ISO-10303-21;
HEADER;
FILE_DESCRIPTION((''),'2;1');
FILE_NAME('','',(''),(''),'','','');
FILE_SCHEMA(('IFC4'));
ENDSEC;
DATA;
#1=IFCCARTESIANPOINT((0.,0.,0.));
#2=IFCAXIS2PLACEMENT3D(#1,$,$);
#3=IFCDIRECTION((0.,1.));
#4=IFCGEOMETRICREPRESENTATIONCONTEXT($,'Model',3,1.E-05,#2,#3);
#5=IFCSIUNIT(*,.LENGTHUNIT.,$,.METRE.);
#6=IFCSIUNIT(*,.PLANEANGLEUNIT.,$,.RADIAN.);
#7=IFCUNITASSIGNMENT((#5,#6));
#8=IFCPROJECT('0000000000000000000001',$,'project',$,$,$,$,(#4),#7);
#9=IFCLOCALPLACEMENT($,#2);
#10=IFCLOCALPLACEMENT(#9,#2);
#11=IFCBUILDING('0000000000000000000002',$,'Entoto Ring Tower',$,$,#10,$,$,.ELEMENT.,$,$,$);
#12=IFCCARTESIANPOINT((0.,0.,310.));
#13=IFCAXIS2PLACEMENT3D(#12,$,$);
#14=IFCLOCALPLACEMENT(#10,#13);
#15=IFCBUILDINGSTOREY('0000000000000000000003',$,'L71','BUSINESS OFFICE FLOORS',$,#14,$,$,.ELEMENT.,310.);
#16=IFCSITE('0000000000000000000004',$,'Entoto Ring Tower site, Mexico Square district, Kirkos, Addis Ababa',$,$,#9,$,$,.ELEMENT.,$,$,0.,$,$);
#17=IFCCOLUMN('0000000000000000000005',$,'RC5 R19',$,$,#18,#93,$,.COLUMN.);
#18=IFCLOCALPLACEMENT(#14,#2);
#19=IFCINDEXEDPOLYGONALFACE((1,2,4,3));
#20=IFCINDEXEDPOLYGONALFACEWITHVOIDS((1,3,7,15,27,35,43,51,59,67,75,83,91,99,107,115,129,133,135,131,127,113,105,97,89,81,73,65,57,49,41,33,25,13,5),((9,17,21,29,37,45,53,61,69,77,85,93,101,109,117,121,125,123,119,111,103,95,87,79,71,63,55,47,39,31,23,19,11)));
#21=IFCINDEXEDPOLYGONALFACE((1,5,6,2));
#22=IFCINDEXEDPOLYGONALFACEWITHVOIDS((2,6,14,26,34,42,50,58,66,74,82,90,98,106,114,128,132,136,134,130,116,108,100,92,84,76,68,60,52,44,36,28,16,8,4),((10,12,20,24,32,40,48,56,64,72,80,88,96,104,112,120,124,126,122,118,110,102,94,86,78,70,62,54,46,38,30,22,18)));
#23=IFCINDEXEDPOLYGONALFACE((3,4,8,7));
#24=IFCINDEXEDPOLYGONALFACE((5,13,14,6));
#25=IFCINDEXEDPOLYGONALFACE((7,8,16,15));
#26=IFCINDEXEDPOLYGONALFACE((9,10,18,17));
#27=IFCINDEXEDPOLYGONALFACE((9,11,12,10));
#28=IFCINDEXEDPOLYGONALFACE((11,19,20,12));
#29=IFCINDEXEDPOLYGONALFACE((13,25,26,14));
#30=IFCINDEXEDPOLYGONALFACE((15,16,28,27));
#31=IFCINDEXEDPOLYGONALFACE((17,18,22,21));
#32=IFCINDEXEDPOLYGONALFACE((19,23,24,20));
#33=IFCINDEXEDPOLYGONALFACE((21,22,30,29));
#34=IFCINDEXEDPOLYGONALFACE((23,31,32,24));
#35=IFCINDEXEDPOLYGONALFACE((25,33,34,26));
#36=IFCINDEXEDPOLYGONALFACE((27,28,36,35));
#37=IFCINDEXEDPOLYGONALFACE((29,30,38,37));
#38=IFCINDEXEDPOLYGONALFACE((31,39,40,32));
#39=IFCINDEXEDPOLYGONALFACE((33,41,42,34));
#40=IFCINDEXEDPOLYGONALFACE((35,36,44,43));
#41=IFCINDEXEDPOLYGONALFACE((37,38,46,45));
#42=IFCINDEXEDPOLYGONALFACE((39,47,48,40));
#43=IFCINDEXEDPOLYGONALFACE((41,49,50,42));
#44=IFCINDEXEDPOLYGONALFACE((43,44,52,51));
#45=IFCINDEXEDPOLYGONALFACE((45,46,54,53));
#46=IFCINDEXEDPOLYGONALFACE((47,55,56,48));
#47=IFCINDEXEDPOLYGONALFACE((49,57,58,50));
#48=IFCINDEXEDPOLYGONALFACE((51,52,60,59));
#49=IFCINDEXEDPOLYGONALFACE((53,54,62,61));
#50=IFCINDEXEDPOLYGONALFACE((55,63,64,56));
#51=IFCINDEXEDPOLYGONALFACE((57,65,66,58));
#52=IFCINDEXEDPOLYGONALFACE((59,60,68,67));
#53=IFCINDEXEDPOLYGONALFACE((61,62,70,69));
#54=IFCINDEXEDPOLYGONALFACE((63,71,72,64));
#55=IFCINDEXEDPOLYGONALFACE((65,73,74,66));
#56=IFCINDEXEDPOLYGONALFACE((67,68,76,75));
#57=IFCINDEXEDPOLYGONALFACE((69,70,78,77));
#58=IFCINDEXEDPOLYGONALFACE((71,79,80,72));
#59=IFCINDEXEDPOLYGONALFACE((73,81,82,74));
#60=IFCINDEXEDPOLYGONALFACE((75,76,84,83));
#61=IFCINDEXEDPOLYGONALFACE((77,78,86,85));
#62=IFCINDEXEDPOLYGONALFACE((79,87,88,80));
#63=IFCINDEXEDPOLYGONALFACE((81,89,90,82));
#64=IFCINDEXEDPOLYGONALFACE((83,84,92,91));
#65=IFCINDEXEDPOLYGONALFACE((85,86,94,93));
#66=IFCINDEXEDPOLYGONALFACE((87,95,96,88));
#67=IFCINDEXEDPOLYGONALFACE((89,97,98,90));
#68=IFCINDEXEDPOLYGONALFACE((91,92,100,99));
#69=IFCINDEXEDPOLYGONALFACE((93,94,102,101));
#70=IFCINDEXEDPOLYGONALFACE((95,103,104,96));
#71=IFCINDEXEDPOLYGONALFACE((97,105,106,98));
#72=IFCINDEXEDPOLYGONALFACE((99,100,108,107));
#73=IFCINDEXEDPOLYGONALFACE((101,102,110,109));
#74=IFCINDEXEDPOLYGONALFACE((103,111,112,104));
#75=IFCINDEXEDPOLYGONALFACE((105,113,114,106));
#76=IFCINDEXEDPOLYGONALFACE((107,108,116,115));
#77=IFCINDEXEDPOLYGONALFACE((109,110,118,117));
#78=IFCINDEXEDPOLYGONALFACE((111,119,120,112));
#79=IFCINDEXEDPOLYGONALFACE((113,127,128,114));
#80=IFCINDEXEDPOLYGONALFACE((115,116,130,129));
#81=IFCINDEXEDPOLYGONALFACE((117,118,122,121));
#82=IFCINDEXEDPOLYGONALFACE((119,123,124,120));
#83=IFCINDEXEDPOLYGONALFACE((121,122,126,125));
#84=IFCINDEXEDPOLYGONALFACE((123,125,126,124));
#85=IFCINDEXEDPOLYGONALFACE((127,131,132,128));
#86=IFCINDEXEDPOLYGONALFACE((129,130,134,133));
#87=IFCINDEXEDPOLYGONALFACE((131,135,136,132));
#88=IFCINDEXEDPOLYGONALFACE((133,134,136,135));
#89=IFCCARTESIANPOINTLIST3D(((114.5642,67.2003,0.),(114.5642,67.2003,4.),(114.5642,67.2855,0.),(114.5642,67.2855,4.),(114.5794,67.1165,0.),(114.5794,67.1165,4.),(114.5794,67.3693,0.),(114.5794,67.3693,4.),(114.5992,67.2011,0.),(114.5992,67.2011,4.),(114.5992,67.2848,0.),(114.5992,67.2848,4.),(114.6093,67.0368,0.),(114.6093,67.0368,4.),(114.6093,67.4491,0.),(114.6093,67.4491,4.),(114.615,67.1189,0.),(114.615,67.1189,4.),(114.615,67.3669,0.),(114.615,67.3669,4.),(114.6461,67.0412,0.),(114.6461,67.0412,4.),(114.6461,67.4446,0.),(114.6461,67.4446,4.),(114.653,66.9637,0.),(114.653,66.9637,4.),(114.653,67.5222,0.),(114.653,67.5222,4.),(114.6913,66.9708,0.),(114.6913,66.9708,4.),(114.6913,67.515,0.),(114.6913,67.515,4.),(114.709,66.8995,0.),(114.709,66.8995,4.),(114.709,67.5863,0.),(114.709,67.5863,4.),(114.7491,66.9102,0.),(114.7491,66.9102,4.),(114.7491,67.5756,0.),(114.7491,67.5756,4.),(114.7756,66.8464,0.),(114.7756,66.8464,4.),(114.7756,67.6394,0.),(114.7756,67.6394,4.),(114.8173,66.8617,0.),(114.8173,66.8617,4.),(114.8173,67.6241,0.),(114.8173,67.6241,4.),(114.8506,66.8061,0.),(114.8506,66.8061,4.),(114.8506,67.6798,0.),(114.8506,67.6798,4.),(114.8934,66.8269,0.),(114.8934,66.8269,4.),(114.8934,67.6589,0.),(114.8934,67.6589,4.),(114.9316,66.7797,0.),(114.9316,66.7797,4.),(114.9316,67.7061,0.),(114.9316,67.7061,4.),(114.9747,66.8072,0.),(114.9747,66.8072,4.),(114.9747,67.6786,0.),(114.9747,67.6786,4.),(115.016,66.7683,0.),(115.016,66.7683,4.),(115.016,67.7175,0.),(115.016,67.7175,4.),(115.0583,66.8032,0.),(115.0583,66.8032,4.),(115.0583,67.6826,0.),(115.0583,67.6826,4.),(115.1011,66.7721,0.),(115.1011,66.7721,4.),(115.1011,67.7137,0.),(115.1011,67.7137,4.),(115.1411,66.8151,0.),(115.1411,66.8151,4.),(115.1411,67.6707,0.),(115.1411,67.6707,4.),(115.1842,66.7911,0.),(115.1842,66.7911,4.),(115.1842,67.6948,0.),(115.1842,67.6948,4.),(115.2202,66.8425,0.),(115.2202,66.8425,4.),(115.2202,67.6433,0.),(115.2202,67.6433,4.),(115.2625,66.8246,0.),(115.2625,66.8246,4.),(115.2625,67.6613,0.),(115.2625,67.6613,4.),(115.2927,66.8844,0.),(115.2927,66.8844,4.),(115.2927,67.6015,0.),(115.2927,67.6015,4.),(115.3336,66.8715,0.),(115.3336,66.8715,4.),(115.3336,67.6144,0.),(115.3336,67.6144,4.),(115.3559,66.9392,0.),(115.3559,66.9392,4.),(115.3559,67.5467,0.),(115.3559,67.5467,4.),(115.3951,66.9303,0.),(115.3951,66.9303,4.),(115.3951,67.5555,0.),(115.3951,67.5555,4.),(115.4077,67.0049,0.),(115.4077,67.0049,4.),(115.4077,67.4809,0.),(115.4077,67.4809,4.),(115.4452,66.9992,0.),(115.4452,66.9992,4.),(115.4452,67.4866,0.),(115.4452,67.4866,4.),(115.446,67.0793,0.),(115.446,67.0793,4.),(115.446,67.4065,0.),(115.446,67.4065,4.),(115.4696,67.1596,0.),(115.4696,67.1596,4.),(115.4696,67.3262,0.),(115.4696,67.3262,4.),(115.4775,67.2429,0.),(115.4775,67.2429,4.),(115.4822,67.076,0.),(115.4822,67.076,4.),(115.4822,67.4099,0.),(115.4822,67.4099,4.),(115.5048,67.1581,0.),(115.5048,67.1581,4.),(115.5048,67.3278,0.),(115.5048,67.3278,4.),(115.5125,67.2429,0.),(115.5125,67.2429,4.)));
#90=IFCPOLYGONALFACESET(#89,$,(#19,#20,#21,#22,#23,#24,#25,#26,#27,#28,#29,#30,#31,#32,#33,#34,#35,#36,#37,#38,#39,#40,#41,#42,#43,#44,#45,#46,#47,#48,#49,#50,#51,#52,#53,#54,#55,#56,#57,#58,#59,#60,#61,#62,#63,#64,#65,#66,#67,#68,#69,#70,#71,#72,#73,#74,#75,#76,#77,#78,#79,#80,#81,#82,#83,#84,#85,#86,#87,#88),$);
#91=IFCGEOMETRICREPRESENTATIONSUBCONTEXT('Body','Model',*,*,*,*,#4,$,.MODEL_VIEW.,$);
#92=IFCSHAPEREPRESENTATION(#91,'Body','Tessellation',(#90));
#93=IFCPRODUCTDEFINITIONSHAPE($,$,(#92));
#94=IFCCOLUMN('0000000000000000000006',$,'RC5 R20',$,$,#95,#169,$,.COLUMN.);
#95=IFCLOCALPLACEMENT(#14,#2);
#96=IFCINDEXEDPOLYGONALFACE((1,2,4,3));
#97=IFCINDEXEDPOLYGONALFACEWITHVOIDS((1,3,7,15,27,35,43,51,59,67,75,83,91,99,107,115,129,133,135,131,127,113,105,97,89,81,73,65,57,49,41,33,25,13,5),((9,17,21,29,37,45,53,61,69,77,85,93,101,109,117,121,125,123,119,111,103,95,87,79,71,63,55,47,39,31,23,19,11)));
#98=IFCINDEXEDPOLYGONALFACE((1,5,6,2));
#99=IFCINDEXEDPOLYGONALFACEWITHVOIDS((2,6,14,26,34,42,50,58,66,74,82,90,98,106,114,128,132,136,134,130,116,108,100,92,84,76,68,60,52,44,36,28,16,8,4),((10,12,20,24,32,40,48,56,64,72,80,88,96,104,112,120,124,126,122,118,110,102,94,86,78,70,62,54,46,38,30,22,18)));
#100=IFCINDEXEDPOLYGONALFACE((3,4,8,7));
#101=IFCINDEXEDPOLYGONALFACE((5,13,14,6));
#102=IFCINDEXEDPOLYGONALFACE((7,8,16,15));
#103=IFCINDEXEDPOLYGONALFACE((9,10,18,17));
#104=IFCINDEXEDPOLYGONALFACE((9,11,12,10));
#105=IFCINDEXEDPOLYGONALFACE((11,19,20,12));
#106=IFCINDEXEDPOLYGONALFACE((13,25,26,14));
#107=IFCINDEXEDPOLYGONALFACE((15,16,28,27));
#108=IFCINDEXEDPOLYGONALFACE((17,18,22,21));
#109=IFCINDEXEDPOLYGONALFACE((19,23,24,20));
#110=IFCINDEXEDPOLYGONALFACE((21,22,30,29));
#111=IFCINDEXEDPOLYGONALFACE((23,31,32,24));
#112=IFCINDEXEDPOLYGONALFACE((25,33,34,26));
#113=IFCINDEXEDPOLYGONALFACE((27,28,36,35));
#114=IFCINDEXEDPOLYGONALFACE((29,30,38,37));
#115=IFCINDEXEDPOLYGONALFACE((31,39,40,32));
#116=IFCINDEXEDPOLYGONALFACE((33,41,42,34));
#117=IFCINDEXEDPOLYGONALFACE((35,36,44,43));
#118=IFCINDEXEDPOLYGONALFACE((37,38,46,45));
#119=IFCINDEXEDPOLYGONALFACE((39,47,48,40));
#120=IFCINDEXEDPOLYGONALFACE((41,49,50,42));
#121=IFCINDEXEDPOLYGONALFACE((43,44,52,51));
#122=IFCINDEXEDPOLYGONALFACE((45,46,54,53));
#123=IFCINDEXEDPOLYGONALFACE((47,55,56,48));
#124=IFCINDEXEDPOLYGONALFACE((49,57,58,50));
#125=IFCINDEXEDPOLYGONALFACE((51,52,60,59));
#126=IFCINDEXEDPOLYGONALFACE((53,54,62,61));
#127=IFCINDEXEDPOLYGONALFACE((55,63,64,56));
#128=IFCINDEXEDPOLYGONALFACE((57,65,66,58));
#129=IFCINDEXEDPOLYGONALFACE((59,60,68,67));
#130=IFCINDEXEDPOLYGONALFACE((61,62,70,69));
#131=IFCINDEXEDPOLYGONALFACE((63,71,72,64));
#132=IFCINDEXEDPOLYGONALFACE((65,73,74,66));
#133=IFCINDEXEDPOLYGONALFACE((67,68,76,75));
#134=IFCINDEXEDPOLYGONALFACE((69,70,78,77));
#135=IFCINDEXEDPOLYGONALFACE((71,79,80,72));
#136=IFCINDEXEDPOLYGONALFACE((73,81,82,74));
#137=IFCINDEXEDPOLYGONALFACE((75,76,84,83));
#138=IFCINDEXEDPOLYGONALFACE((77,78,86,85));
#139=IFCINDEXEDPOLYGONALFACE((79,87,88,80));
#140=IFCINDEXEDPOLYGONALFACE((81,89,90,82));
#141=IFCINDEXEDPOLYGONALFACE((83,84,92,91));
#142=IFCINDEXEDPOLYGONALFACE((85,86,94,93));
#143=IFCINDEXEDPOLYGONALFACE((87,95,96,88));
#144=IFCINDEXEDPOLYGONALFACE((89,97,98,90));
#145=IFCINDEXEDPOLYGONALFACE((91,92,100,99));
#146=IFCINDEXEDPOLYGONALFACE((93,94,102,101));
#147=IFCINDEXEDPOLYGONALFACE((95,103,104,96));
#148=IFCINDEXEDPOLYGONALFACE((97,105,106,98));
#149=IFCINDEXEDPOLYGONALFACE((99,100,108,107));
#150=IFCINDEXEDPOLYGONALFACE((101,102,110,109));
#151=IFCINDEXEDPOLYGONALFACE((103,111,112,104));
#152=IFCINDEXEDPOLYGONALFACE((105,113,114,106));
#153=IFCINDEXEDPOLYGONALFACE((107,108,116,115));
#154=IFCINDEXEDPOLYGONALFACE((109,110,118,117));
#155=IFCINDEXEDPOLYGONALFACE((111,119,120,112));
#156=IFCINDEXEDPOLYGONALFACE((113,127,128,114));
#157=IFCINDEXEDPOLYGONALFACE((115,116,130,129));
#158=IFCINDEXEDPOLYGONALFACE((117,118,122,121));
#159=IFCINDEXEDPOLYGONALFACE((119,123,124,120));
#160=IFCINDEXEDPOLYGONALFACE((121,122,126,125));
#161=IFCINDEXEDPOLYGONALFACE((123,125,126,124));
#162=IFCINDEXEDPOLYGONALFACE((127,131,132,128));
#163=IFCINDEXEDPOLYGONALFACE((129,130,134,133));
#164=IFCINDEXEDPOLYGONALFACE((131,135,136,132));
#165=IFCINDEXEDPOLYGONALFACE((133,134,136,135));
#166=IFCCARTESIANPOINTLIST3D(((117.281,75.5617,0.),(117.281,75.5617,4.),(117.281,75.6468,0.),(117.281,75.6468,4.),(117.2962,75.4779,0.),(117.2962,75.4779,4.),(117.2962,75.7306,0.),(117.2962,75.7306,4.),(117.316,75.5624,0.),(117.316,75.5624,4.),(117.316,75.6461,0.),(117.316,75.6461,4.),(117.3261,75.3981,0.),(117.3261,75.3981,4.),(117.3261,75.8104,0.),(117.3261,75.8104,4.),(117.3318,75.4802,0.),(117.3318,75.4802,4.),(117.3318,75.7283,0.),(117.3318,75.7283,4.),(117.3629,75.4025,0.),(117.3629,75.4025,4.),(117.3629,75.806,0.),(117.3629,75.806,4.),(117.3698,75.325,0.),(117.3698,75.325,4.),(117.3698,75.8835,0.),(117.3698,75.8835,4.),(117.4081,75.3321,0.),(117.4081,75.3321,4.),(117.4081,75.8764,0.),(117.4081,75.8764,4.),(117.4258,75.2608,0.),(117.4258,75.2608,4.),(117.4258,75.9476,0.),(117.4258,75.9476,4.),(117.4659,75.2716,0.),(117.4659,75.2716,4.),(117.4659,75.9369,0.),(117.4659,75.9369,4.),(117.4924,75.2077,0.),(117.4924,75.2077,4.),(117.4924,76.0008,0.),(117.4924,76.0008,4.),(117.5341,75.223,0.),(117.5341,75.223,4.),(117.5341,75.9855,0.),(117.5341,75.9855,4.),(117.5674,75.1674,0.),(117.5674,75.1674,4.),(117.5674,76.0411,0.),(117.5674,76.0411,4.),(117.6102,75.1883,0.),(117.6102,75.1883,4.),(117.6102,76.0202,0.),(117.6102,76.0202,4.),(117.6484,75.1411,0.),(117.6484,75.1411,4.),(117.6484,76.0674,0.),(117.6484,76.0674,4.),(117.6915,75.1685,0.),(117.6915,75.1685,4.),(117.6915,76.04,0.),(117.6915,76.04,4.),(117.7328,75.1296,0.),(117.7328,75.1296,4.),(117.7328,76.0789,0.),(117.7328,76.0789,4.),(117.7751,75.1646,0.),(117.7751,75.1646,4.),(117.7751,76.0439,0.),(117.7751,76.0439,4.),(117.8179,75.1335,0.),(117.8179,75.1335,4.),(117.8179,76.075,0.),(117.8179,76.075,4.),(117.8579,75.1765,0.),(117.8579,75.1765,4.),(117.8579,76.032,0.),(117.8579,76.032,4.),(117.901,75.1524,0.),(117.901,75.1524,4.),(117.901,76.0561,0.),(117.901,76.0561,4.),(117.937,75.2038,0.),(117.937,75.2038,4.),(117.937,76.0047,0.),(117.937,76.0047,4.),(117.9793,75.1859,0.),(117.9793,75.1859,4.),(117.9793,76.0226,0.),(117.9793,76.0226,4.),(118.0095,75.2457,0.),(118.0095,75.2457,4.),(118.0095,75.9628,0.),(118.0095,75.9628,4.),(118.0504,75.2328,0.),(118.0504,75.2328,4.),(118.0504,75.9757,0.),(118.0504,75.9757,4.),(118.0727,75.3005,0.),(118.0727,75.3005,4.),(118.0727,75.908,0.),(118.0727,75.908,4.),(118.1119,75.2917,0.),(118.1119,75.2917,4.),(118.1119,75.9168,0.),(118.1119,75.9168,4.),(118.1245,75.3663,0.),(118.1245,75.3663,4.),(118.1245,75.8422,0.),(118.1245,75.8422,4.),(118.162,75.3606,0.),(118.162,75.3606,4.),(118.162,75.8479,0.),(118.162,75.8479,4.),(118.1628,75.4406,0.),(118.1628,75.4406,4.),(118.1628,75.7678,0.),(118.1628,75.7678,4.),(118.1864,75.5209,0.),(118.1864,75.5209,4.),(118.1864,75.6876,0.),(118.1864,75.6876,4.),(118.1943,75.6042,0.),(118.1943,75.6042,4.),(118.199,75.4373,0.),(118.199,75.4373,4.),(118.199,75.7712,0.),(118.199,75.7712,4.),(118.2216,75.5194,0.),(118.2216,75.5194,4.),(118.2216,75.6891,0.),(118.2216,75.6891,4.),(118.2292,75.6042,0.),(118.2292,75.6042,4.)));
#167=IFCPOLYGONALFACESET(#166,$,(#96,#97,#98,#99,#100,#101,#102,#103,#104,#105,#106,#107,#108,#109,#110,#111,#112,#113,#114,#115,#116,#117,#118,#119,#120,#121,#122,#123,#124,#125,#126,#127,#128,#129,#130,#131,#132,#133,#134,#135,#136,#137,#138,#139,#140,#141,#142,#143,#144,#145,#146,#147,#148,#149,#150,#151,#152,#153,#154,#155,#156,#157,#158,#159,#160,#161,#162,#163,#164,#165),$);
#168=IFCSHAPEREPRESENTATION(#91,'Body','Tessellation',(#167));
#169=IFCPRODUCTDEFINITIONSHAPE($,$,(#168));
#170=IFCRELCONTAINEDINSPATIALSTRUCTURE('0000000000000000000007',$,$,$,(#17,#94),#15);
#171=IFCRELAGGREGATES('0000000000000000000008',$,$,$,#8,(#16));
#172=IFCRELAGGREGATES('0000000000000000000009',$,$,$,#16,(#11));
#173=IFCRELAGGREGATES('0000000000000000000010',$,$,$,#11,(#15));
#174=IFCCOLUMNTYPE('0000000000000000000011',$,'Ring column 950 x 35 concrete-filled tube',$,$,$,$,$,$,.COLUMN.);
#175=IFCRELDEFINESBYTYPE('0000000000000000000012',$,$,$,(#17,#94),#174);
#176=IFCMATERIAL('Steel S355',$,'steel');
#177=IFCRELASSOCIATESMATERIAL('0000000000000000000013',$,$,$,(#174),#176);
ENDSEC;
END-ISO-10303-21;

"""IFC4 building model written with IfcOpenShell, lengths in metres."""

from ifc_helpers import new_model, si_unit, direction, frame, origin, origin_2d, place, context, subcontext, project, spatial, circle, hollow_circle, extrude, material, material_profile, profile_set, type_object, element, save


model = new_model("IFC4")

# Units and contexts
model_context = context("Model", 3, precision=1e-05, world=origin(), true_north=direction((0.0, 1.0)))
body_context = subcontext(model_context, "Body", "Model", "MODEL_VIEW")
ifc_project = project(units=[si_unit("LENGTHUNIT", "METRE"), si_unit("PLANEANGLEUNIT", "RADIAN")], contexts=[model_context])

# Site, building, storey
site_placement = place(None, origin())
site = spatial("IfcSite", under=ifc_project, at=site_placement, Name="Entoto Ring Tower site, Mexico Square district, Kirkos, Addis Ababa", CompositionType="ELEMENT", RefElevation=0.0)
building_placement = place(site_placement, origin())
building = spatial("IfcBuilding", under=site, at=building_placement, Name="Entoto Ring Tower", CompositionType="ELEMENT")
storey_placement = place(building_placement, frame((0.0, 0.0, 310.0)))
storey = spatial("IfcBuildingStorey", under=building, at=storey_placement, Name="L71", Description="BUSINESS OFFICE FLOORS", CompositionType="ELEMENT", Elevation=310.0)

# Columns
ifc_material_1 = material(Name="Steel S355", Category="steel")
ifc_material_profile_1 = material_profile(ifc_material_1, hollow_circle(Radius=0.4751, WallThickness=0.0349, at=origin_2d()), Name="CHS 950 x 35")
ifc_material_2 = material(Name="Concrete C60/75", Category="concrete")
ifc_material_profile_2 = material_profile(ifc_material_2, circle(Radius=0.4399, at=origin_2d()), Name="Concrete C60/75 infill")
ifc_profile_set_1 = profile_set([ifc_material_profile_1, ifc_material_profile_2], Name="Steel S355")
column_type = type_object("IfcColumnType", Name="Ring column 950 x 35 concrete-filled tube", PredefinedType="COLUMN", material=ifc_profile_set_1)
for number, where, z_axis, x_axis, name in (
    (1, (115.0374, 67.2429, 0.0), (0.0, 0.0, 1.0), (1.0, 0.0, 0.0), "RC5 R19"),
    (2, (117.7542, 75.6042, 0.0), (0.0, 0.0, 1.0), (1.0, 0.0, 0.0), "RC5 R20"),
):
    element("IfcColumn", number, at=place(storey_placement, frame(where, z_axis=z_axis, x_axis=x_axis)), inside=storey, type_object=column_type, Name=name, PredefinedType="COLUMN", context=body_context, shape_type="SweptSolid", body=[
        extrude(hollow_circle(Radius=0.4751, WallThickness=0.0349, at=origin_2d()), origin(), (0.0, 0.0, 1.0), 4.0),
    ])

save(model, "model.ifc")
